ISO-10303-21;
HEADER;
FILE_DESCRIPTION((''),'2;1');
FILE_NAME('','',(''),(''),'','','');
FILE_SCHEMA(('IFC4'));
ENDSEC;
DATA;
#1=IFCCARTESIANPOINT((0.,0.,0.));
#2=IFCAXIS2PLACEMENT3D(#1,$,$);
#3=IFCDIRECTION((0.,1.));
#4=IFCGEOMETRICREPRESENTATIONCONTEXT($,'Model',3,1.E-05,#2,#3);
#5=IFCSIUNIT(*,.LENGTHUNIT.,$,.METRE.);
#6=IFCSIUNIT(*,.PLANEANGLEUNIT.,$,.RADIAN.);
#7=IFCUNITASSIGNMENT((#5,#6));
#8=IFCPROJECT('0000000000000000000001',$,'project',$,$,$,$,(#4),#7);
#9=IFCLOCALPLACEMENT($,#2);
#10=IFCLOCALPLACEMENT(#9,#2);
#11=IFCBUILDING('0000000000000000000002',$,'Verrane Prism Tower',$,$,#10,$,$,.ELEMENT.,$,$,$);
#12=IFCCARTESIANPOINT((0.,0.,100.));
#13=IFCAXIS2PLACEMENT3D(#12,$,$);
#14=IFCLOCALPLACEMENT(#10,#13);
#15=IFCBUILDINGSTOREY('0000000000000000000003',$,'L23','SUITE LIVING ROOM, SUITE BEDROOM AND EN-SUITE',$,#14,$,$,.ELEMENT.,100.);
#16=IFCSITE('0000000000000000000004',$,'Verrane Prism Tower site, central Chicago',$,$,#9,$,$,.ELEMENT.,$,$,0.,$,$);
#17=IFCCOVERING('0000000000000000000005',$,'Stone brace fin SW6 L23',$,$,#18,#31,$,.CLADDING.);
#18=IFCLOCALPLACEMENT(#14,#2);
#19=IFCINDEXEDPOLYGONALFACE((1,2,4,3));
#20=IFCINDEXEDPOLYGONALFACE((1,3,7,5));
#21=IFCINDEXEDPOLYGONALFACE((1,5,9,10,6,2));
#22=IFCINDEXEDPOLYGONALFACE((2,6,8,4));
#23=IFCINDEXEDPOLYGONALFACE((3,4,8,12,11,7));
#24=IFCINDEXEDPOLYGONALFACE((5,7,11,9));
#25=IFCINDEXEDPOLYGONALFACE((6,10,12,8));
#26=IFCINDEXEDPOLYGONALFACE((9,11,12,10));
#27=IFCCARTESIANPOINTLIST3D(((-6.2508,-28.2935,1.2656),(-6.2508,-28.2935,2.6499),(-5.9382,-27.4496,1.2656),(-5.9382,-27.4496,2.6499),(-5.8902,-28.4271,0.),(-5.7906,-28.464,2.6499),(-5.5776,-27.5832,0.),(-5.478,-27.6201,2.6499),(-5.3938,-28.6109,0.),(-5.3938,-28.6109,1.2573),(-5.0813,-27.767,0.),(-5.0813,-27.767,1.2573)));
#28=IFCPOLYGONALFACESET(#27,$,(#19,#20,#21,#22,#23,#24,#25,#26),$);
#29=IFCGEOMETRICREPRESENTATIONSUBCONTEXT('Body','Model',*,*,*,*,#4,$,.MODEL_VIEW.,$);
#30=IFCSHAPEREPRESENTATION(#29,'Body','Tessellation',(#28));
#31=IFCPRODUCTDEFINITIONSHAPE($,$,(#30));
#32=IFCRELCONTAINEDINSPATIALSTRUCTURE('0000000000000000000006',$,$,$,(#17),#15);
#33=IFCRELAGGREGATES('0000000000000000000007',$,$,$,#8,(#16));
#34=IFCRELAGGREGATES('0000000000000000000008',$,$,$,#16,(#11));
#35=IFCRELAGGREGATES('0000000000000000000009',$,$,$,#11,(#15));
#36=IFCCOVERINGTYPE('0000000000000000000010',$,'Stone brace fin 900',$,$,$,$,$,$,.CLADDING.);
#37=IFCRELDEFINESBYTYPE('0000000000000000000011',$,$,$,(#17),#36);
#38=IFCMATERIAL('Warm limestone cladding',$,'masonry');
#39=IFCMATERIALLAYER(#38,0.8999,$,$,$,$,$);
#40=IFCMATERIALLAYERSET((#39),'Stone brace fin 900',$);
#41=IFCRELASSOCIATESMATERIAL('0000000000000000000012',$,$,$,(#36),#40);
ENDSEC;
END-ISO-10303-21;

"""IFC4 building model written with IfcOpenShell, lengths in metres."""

from ifc_helpers import new_model, si_unit, direction, frame, origin, place, context, subcontext, project, spatial, polyline, outline, extrude, material, layer, layer_set, type_object, element, save


model = new_model("IFC4")

# Units and contexts
model_context = context("Model", 3, precision=1e-05, world=origin(), true_north=direction((0.0, 1.0)))
body_context = subcontext(model_context, "Body", "Model", "MODEL_VIEW")
ifc_project = project(units=[si_unit("LENGTHUNIT", "METRE"), si_unit("PLANEANGLEUNIT", "RADIAN")], contexts=[model_context])

# Site, building, storey
site_placement = place(None, origin())
site = spatial("IfcSite", under=ifc_project, at=site_placement, Name="Verrane Prism Tower site, central Chicago", CompositionType="ELEMENT", RefElevation=0.0)
building_placement = place(site_placement, origin())
building = spatial("IfcBuilding", under=site, at=building_placement, Name="Verrane Prism Tower", CompositionType="ELEMENT")
storey_placement = place(building_placement, frame((0.0, 0.0, 100.0)))
storey = spatial("IfcBuildingStorey", under=building, at=storey_placement, Name="L23", Description="SUITE LIVING ROOM, SUITE BEDROOM AND EN-SUITE", CompositionType="ELEMENT", Elevation=100.0)

# Covering
ifc_material_1 = material(Name="Warm limestone cladding", Category="masonry")
ifc_layer_1 = layer(ifc_material_1, 0.8999)
ifc_layer_set_1 = layer_set([ifc_layer_1], Name="Stone brace fin 900")
covering_type = type_object("IfcCoveringType", Name="Stone brace fin 900", PredefinedType="CLADDING", material=ifc_layer_set_1)
covering_placement = place(storey_placement, frame((-5.2375, -28.189, 0.0), z_axis=(0.0, 0.0, 1.0), x_axis=(-0.937749, 0.347314, 0.0)))
element("IfcCovering", 1, at=covering_placement, inside=storey, type_object=covering_type, Name="Stone brace fin SW6 L23", PredefinedType="CLADDING", context=body_context, shape_type="SweptSolid", body=[
    extrude(outline(polyline([(0.9138, 2.6499), (0.4231, 2.6499), (0.0, 1.2573), (0.0, 0.0), (0.5293, 0.0), (0.9138, 1.2656), (0.9138, 2.6499)])), frame((0.0, 0.45, 0.0), z_axis=(0.0, -1.0, 0.0), x_axis=(1.0, 0.0, 0.0)), (0.0, 0.0, 1.0), 0.8999),
])

save(model, "model.ifc")
